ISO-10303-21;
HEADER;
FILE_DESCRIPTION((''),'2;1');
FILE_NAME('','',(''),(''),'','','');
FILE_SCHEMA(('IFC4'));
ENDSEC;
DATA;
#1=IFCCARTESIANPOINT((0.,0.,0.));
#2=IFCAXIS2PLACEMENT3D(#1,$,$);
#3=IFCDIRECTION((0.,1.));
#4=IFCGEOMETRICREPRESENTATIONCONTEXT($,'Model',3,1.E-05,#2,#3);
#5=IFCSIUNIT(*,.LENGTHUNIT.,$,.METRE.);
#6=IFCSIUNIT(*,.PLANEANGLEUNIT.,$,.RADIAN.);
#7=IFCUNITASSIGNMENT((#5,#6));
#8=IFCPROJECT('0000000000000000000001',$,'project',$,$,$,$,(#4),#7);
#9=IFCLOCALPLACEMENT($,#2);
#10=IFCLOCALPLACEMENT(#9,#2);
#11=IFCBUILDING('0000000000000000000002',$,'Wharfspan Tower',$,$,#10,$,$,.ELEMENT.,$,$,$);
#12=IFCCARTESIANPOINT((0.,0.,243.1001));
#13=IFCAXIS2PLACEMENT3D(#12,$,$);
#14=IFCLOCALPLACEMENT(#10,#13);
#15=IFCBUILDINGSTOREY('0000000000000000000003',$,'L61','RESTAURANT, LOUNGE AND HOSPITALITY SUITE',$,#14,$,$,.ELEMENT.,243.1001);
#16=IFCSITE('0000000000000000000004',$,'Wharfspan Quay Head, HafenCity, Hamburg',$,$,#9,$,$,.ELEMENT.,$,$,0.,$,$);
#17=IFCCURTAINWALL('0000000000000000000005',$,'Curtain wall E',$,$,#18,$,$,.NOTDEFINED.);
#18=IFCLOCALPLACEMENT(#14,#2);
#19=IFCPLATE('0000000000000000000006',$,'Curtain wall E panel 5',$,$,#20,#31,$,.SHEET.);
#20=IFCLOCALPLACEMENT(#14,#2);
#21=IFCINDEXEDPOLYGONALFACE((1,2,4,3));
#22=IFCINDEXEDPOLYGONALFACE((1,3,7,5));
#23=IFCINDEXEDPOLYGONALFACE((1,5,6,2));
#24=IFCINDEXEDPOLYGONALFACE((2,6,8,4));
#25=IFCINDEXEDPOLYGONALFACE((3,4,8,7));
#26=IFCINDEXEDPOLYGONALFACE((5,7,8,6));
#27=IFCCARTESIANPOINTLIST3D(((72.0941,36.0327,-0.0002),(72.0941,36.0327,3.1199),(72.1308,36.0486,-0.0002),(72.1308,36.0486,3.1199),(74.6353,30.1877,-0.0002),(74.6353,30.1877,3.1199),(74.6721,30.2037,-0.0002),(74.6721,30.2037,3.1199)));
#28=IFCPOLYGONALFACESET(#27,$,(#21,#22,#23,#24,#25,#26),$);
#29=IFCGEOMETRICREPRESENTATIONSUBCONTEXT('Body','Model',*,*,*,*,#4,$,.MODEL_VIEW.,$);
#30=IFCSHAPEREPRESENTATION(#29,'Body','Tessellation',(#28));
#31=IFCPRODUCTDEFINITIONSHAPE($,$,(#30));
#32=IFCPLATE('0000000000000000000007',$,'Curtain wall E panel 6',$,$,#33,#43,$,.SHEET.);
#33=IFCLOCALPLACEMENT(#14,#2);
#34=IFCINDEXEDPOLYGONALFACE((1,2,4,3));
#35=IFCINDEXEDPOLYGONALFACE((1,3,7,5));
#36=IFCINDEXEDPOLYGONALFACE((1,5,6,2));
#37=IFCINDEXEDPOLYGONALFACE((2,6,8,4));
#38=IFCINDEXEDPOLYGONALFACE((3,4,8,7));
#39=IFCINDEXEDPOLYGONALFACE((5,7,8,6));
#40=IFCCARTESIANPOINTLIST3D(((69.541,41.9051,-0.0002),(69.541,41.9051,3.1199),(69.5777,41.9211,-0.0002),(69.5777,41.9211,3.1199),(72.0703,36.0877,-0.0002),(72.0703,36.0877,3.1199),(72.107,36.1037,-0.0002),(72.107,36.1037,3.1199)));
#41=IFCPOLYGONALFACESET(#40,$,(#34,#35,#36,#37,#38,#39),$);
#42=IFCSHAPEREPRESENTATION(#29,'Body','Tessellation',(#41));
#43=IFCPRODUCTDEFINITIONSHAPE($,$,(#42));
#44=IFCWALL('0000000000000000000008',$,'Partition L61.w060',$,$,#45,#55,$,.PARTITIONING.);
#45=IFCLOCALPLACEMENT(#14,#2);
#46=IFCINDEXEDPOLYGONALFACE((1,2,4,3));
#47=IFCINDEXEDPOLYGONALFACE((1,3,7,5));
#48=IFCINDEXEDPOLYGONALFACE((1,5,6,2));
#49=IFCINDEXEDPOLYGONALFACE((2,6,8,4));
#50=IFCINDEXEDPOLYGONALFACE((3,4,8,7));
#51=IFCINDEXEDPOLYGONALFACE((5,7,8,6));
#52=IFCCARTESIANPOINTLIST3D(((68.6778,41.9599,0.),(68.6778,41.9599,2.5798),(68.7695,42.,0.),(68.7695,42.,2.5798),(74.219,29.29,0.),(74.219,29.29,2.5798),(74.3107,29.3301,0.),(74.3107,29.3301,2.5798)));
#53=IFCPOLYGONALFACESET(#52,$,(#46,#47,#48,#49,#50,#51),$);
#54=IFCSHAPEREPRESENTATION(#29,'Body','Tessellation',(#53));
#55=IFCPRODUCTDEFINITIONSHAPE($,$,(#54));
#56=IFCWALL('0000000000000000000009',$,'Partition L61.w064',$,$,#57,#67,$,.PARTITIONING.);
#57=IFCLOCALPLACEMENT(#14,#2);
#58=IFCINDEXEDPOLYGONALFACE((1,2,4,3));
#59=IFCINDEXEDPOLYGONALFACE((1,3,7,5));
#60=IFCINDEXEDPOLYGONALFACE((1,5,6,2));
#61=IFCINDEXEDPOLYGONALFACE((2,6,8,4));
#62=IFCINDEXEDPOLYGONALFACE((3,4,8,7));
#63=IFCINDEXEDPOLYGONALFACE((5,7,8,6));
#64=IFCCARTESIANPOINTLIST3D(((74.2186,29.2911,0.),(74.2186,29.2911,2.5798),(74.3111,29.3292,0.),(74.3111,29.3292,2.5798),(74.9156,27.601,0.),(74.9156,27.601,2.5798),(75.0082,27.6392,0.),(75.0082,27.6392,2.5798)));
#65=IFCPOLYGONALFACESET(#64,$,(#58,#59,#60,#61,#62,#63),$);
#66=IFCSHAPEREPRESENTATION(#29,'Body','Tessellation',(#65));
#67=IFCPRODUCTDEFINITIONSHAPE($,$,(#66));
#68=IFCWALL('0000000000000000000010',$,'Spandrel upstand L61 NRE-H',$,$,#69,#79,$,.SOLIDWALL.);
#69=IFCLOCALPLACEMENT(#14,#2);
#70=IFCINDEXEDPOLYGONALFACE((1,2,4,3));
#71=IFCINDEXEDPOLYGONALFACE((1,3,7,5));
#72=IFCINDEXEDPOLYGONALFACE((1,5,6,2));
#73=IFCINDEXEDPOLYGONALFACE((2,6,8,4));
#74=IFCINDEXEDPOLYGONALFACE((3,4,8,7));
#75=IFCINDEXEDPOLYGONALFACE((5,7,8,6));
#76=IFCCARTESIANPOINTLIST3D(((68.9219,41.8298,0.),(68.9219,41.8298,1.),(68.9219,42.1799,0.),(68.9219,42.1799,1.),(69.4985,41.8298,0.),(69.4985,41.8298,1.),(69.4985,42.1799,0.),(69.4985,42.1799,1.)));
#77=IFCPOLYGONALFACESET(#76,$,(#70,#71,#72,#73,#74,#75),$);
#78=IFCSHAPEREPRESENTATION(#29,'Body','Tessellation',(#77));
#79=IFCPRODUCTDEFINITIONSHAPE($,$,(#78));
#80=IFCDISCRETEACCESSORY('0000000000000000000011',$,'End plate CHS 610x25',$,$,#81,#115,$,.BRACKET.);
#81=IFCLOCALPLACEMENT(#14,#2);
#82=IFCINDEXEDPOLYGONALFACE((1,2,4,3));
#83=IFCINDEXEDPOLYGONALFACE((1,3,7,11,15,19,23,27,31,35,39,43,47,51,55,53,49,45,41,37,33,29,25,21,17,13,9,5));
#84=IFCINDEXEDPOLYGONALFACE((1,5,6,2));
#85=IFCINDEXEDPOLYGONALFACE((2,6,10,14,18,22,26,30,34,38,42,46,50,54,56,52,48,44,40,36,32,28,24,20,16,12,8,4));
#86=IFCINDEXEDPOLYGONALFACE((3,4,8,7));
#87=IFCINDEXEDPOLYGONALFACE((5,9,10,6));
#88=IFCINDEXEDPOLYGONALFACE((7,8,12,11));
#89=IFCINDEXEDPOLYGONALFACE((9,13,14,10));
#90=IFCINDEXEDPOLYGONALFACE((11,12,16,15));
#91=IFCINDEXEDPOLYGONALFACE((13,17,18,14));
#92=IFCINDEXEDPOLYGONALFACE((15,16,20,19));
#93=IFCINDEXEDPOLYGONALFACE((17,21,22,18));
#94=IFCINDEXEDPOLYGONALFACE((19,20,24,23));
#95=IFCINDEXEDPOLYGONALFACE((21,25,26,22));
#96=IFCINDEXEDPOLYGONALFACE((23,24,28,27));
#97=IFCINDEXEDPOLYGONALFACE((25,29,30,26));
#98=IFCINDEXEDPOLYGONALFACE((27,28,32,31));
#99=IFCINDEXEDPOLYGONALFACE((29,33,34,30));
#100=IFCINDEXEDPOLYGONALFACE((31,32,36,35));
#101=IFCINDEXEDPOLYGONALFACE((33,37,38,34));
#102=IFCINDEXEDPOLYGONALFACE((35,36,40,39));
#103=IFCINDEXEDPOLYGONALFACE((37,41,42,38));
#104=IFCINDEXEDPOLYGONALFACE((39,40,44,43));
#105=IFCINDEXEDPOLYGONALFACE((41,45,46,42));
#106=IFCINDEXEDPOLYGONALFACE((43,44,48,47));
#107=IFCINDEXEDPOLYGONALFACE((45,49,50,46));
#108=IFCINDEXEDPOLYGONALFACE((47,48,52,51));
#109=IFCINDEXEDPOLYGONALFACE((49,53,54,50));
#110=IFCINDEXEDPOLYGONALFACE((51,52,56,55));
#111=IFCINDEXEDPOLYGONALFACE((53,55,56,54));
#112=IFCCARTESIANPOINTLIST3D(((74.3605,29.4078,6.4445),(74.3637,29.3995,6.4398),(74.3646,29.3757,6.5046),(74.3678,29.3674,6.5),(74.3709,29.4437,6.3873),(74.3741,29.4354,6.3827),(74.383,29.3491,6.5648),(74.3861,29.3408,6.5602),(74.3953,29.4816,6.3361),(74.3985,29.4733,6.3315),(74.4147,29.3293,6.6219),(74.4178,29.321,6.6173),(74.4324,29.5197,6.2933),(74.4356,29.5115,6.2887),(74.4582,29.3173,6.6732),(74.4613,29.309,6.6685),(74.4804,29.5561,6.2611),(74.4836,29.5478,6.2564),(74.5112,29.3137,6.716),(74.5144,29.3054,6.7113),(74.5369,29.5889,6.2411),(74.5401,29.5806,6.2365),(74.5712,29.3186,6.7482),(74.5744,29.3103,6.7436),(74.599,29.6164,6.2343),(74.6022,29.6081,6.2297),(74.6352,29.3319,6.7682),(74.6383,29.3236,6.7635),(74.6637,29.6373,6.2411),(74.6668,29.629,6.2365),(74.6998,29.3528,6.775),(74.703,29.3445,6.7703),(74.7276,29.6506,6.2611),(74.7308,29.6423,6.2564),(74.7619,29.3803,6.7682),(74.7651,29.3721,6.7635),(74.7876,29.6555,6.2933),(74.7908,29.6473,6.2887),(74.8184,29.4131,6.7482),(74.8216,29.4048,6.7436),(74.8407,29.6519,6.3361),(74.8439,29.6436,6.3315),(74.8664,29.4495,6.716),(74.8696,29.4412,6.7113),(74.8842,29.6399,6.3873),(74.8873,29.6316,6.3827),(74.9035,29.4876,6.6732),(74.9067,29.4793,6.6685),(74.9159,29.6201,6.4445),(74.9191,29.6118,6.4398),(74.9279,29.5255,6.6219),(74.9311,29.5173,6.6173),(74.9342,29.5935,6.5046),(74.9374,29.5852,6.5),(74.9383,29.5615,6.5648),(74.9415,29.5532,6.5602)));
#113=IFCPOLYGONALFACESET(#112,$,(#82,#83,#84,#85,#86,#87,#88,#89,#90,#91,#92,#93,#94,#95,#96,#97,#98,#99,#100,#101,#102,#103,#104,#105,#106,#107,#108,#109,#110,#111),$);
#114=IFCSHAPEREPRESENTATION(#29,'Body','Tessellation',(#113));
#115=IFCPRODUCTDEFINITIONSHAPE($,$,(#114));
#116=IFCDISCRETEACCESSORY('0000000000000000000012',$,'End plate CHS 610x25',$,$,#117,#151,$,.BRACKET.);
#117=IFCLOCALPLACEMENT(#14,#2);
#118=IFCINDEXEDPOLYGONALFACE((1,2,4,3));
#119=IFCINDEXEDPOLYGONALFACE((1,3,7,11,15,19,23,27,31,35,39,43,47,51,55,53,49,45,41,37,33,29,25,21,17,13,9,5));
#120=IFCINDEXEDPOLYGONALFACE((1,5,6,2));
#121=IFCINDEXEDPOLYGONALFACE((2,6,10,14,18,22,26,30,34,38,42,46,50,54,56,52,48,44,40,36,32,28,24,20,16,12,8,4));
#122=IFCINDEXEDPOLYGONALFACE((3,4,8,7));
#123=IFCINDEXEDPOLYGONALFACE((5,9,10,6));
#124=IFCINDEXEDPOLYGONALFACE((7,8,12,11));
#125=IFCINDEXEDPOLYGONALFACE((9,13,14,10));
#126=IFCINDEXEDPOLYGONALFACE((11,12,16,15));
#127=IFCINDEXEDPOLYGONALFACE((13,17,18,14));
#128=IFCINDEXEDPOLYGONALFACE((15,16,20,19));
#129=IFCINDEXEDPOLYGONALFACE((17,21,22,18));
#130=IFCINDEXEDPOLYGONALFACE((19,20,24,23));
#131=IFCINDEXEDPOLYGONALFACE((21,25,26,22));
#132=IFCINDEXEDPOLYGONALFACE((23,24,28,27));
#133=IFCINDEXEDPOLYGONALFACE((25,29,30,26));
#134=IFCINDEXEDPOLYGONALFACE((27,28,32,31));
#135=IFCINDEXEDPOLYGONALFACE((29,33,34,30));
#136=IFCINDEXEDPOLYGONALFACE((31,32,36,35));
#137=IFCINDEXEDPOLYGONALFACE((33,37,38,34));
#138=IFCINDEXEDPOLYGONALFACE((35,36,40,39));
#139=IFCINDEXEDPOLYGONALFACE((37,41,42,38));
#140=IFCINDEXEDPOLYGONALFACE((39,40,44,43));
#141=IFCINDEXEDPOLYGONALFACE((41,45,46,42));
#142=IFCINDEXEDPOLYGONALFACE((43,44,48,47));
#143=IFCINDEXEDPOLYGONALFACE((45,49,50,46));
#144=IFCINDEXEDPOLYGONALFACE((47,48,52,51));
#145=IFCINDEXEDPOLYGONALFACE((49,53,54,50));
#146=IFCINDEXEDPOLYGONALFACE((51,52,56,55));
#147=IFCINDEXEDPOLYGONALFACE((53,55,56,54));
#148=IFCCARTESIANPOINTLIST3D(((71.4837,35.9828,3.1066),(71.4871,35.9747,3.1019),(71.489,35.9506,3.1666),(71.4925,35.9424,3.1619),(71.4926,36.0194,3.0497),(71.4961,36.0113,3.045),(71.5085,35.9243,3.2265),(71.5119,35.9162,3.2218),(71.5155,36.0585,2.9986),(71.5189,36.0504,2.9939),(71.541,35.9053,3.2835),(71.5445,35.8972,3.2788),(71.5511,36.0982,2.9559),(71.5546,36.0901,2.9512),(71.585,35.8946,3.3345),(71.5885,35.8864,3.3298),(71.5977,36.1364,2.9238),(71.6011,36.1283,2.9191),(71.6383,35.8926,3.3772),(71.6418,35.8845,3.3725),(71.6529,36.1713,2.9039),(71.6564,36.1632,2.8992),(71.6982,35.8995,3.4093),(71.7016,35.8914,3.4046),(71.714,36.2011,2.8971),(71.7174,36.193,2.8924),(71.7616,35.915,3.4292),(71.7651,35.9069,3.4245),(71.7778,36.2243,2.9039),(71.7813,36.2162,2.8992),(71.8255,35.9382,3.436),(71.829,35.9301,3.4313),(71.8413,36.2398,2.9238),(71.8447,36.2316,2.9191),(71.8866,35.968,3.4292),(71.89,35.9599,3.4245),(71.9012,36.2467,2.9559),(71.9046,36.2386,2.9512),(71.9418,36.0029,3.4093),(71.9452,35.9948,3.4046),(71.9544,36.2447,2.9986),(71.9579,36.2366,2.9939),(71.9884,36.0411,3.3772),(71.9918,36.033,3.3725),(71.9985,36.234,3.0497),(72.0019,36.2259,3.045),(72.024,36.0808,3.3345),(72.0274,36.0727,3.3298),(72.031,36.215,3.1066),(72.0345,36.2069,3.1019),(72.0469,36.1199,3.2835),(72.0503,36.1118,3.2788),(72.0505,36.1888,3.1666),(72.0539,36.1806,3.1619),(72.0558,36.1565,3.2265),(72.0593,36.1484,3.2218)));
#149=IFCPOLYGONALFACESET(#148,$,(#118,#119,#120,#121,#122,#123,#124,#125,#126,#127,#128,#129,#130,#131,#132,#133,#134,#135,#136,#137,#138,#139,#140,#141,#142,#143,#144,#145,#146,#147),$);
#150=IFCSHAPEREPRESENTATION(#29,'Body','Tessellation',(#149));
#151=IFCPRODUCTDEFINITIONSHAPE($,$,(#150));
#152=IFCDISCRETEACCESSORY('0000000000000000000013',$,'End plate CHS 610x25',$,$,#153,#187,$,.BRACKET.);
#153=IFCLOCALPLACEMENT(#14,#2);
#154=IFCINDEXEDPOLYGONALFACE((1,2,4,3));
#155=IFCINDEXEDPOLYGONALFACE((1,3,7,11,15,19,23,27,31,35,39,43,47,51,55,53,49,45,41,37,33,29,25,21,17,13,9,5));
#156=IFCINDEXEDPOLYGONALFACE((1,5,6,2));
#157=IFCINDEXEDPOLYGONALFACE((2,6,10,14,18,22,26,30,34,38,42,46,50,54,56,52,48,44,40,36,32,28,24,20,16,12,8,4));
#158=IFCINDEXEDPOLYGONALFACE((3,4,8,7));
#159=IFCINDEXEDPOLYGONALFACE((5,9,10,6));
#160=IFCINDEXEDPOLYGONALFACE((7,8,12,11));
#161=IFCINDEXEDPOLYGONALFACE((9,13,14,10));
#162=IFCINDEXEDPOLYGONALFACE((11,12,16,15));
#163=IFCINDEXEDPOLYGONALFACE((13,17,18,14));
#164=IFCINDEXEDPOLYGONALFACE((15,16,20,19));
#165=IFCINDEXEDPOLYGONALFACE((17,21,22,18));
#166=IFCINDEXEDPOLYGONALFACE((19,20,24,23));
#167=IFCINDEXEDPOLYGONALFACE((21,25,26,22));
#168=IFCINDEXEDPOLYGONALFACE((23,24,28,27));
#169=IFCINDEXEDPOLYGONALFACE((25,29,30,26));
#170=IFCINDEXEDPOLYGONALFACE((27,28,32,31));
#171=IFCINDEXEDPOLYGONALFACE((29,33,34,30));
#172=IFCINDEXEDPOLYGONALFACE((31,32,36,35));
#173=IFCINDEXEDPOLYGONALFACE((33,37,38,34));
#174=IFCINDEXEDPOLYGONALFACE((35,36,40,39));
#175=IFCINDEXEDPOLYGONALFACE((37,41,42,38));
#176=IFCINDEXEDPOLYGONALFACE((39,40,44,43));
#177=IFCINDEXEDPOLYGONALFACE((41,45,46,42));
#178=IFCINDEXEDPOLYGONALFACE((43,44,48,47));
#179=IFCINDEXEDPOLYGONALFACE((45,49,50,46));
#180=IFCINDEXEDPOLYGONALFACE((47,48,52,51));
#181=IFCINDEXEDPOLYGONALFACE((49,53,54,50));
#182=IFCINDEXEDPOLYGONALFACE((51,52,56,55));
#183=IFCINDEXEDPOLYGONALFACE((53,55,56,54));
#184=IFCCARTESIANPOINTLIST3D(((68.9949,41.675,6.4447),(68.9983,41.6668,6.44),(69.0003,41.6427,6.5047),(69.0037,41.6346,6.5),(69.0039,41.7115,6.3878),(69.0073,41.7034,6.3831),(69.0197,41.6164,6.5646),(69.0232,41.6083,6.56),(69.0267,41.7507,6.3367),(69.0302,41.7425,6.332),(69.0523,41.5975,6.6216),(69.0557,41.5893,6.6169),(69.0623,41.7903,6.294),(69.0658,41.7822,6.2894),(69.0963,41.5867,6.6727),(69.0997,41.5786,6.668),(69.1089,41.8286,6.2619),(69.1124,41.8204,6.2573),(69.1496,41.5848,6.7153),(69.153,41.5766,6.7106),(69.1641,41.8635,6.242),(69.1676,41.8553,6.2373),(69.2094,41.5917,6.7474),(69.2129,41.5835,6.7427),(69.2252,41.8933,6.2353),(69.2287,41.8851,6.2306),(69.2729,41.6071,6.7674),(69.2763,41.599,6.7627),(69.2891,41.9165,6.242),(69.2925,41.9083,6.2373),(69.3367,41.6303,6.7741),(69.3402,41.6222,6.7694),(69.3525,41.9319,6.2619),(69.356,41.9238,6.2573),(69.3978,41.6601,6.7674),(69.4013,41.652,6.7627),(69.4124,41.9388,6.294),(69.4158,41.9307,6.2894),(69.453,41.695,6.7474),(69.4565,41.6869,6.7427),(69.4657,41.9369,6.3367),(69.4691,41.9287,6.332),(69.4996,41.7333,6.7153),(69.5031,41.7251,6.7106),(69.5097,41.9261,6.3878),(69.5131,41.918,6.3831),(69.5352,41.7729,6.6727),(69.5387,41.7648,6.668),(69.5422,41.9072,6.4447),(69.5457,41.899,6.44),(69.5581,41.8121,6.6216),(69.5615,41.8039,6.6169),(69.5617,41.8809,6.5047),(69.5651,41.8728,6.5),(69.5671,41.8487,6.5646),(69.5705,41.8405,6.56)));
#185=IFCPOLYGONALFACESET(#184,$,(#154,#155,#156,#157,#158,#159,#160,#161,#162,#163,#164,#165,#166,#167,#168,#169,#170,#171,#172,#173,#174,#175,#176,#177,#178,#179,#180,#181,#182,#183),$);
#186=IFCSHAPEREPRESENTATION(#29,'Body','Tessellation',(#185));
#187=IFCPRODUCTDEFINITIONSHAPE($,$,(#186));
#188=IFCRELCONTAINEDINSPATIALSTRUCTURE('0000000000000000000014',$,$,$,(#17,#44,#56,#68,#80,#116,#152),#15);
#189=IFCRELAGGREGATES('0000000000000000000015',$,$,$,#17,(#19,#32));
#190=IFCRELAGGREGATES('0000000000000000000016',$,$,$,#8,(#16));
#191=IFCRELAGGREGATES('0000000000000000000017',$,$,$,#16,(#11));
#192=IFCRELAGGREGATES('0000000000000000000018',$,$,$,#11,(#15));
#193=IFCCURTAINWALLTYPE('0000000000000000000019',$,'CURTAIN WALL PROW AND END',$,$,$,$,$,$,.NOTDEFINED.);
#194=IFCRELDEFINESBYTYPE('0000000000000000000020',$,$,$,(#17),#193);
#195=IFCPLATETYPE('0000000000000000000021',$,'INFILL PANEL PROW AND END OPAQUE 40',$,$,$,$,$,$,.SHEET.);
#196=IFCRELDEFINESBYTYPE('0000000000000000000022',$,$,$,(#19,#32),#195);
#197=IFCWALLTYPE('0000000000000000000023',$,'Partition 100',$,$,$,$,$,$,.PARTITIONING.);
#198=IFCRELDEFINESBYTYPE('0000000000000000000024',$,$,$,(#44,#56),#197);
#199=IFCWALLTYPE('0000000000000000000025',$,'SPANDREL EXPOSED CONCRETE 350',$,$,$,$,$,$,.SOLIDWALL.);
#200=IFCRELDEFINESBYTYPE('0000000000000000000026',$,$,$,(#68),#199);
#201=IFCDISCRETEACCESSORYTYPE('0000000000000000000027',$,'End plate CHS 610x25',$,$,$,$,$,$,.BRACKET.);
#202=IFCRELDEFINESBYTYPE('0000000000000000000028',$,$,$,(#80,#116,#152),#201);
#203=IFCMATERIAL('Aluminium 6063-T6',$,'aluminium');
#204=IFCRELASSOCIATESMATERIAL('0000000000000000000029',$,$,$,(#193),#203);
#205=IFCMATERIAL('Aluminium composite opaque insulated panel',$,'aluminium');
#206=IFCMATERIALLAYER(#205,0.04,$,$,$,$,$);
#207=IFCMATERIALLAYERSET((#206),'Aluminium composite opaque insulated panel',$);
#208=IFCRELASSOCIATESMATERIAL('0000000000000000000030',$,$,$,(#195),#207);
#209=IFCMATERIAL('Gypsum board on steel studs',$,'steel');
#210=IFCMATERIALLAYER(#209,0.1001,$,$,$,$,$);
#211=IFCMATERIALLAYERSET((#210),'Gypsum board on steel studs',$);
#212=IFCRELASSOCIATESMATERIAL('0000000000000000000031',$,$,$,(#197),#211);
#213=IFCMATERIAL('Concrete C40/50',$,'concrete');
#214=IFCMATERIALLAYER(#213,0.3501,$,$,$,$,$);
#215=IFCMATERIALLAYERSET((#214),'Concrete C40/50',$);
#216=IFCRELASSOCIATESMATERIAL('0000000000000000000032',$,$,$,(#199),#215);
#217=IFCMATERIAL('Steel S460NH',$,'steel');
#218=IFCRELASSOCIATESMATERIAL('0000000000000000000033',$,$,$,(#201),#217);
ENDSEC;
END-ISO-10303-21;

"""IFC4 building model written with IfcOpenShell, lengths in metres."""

from ifc_helpers import new_model, si_unit, direction, frame, frame_2d, origin, origin_2d, place, context, subcontext, project, spatial, rectangle, circle, extrude, material, layer, layer_set, material_profile, profile_set, type_object, element, aggregate, save


model = new_model("IFC4")

# Units and contexts
model_context = context("Model", 3, precision=1e-05, world=origin(), true_north=direction((0.0, 1.0)))
body_context = subcontext(model_context, "Body", "Model", "MODEL_VIEW")
ifc_project = project(units=[si_unit("LENGTHUNIT", "METRE"), si_unit("PLANEANGLEUNIT", "RADIAN")], contexts=[model_context])

# Site, building, storey
site_placement = place(None, origin())
site = spatial("IfcSite", under=ifc_project, at=site_placement, Name="Wharfspan Quay Head, HafenCity, Hamburg", CompositionType="ELEMENT", RefElevation=0.0)
building_placement = place(site_placement, origin())
building = spatial("IfcBuilding", under=site, at=building_placement, Name="Wharfspan Tower", CompositionType="ELEMENT")
storey_placement = place(building_placement, frame((0.0, 0.0, 243.1001)))
storey = spatial("IfcBuildingStorey", under=building, at=storey_placement, Name="L61", Description="RESTAURANT, LOUNGE AND HOSPITALITY SUITE", CompositionType="ELEMENT", Elevation=243.1001)

# Curtain wall
ifc_material_1 = material(Name="Aluminium 6063-T6", Category="aluminium")
curtain_wall_type = type_object("IfcCurtainWallType", Name="CURTAIN WALL PROW AND END", PredefinedType="NOTDEFINED", material=ifc_material_1)
curtain_wall_1_placement = place(storey_placement, origin())
curtain_wall_1 = element("IfcCurtainWall", 1, at=curtain_wall_1_placement, inside=storey, type_object=curtain_wall_type, Name="Curtain wall E", PredefinedType="NOTDEFINED")

# Shared definitions
ifc_material_2 = material(Name="Steel S460NH", Category="steel")

# Plates
ifc_material_3 = material(Name="Aluminium composite opaque insulated panel", Category="aluminium")
ifc_layer_1 = layer(ifc_material_3, 0.04)
ifc_layer_set_1 = layer_set([ifc_layer_1], Name="Aluminium composite opaque insulated panel")
plate_type = type_object("IfcPlateType", Name="INFILL PANEL PROW AND END OPAQUE 40", PredefinedType="SHEET", material=ifc_layer_set_1)
plate_1_placement = place(storey_placement, frame((73.3831, 33.1182, -0.0002), z_axis=(0.0, 0.0, 1.0), x_axis=(-0.398727, 0.917072, 0.0)))
plate_1 = element("IfcPlate", 2, at=plate_1_placement, type_object=plate_type, Name="Curtain wall E panel 5", PredefinedType="SHEET", context=body_context, shape_type="SweptSolid", body=[
    extrude(rectangle(XDim=6.3735, YDim=0.04, at=origin_2d()), origin(), (0.0, 0.0, 1.0), 3.1201),
])
plate_2_placement = place(storey_placement, frame((70.824, 39.0044, -0.0002), z_axis=(0.0, 0.0, 1.0), x_axis=(-0.398727, 0.917072, 0.0)))
plate_2 = element("IfcPlate", 3, at=plate_2_placement, type_object=plate_type, Name="Curtain wall E panel 6", PredefinedType="SHEET", context=body_context, shape_type="SweptSolid", body=[
    extrude(rectangle(XDim=6.3435, YDim=0.04, at=origin_2d()), origin(), (0.0, 0.0, 1.0), 3.1201),
])
aggregate(curtain_wall_1, [plate_1, plate_2])

# Walls
ifc_material_4 = material(Name="Gypsum board on steel studs", Category="steel")
ifc_layer_2 = layer(ifc_material_4, 0.1001)
ifc_layer_set_2 = layer_set([ifc_layer_2], Name="Gypsum board on steel studs")
wall_type_1 = type_object("IfcWallType", Name="Partition 100", PredefinedType="PARTITIONING", material=ifc_layer_set_2)
wall_1_placement = place(storey_placement, frame((74.2649, 29.3101, 0.0), z_axis=(0.0, 0.0, 1.0), x_axis=(-0.400709, 0.916209, 0.0)))
element("IfcWall", 4, at=wall_1_placement, inside=storey, type_object=wall_type_1, Name="Partition L61.w060", PredefinedType="PARTITIONING", context=body_context, shape_type="SweptSolid", body=[
    extrude(rectangle(XDim=13.8286, YDim=0.1001, at=frame_2d((6.9143, 0.0))), origin(), (0.0, 0.0, 1.0), 2.5798),
])
wall_2_placement = place(storey_placement, frame((74.9619, 27.6201, 0.0), z_axis=(0.0, 0.0, 1.0), x_axis=(-0.381293, 0.924452, 0.0)))
element("IfcWall", 5, at=wall_2_placement, inside=storey, type_object=wall_type_1, Name="Partition L61.w064", PredefinedType="PARTITIONING", context=body_context, shape_type="SweptSolid", body=[
    extrude(rectangle(XDim=1.8281, YDim=0.1001, at=frame_2d((0.9141, 0.0))), origin(), (0.0, 0.0, 1.0), 2.5798),
])
ifc_material_5 = material(Name="Concrete C40/50", Category="concrete")
ifc_layer_3 = layer(ifc_material_5, 0.3501)
ifc_layer_set_3 = layer_set([ifc_layer_3], Name="Concrete C40/50")
wall_type_2 = type_object("IfcWallType", Name="SPANDREL EXPOSED CONCRETE 350", PredefinedType="SOLIDWALL", material=ifc_layer_set_3)
wall_3_placement = place(storey_placement, frame((69.4985, 42.0049, 0.0), z_axis=(0.0, 0.0, 1.0), x_axis=(-1.0, 0.0, 0.0)))
element("IfcWall", 6, at=wall_3_placement, inside=storey, type_object=wall_type_2, Name="Spandrel upstand L61 NRE-H", PredefinedType="SOLIDWALL", context=body_context, shape_type="SweptSolid", body=[
    extrude(rectangle(XDim=0.5767, YDim=0.3501, at=frame_2d((0.2883, 0.0))), origin(), (0.0, 0.0, 1.0), 1.0),
])

# Discrete accessories
ifc_material_profile_1 = material_profile(ifc_material_2, circle(Radius=0.3049, at=origin_2d()))
ifc_profile_set_1 = profile_set([ifc_material_profile_1], Name="Steel S460NH")
discrete_accessory_type = type_object("IfcDiscreteAccessoryType", Name="End plate CHS 610x25", PredefinedType="BRACKET", material=ifc_profile_set_1)
for number, where, z_axis, x_axis, name in (
    (7, (74.6526, 29.4763, 6.5), (-0.316603, 0.828038, 0.462727), (-0.934054, -0.357138, -0.000001), "End plate CHS 610x25"),
    (8, (71.7732, 36.0615, 3.1619), (-0.345075, 0.81339, 0.468316), (-0.920586, -0.390551, -0.000002), "End plate CHS 610x25"),
    (9, (69.2844, 41.7537, 6.5), (-0.345075, 0.81339, 0.468316), (-0.920586, -0.390551, -0.000002), "End plate CHS 610x25"),
):
    element("IfcDiscreteAccessory", number, at=place(storey_placement, frame(where, z_axis=z_axis, x_axis=x_axis)), inside=storey, type_object=discrete_accessory_type, Name=name, PredefinedType="BRACKET", context=body_context, shape_type="SweptSolid", body=[
        extrude(circle(Radius=0.3049, at=origin_2d()), origin(), (0.0, 0.0, 1.0), 0.01),
    ])

save(model, "model.ifc")
